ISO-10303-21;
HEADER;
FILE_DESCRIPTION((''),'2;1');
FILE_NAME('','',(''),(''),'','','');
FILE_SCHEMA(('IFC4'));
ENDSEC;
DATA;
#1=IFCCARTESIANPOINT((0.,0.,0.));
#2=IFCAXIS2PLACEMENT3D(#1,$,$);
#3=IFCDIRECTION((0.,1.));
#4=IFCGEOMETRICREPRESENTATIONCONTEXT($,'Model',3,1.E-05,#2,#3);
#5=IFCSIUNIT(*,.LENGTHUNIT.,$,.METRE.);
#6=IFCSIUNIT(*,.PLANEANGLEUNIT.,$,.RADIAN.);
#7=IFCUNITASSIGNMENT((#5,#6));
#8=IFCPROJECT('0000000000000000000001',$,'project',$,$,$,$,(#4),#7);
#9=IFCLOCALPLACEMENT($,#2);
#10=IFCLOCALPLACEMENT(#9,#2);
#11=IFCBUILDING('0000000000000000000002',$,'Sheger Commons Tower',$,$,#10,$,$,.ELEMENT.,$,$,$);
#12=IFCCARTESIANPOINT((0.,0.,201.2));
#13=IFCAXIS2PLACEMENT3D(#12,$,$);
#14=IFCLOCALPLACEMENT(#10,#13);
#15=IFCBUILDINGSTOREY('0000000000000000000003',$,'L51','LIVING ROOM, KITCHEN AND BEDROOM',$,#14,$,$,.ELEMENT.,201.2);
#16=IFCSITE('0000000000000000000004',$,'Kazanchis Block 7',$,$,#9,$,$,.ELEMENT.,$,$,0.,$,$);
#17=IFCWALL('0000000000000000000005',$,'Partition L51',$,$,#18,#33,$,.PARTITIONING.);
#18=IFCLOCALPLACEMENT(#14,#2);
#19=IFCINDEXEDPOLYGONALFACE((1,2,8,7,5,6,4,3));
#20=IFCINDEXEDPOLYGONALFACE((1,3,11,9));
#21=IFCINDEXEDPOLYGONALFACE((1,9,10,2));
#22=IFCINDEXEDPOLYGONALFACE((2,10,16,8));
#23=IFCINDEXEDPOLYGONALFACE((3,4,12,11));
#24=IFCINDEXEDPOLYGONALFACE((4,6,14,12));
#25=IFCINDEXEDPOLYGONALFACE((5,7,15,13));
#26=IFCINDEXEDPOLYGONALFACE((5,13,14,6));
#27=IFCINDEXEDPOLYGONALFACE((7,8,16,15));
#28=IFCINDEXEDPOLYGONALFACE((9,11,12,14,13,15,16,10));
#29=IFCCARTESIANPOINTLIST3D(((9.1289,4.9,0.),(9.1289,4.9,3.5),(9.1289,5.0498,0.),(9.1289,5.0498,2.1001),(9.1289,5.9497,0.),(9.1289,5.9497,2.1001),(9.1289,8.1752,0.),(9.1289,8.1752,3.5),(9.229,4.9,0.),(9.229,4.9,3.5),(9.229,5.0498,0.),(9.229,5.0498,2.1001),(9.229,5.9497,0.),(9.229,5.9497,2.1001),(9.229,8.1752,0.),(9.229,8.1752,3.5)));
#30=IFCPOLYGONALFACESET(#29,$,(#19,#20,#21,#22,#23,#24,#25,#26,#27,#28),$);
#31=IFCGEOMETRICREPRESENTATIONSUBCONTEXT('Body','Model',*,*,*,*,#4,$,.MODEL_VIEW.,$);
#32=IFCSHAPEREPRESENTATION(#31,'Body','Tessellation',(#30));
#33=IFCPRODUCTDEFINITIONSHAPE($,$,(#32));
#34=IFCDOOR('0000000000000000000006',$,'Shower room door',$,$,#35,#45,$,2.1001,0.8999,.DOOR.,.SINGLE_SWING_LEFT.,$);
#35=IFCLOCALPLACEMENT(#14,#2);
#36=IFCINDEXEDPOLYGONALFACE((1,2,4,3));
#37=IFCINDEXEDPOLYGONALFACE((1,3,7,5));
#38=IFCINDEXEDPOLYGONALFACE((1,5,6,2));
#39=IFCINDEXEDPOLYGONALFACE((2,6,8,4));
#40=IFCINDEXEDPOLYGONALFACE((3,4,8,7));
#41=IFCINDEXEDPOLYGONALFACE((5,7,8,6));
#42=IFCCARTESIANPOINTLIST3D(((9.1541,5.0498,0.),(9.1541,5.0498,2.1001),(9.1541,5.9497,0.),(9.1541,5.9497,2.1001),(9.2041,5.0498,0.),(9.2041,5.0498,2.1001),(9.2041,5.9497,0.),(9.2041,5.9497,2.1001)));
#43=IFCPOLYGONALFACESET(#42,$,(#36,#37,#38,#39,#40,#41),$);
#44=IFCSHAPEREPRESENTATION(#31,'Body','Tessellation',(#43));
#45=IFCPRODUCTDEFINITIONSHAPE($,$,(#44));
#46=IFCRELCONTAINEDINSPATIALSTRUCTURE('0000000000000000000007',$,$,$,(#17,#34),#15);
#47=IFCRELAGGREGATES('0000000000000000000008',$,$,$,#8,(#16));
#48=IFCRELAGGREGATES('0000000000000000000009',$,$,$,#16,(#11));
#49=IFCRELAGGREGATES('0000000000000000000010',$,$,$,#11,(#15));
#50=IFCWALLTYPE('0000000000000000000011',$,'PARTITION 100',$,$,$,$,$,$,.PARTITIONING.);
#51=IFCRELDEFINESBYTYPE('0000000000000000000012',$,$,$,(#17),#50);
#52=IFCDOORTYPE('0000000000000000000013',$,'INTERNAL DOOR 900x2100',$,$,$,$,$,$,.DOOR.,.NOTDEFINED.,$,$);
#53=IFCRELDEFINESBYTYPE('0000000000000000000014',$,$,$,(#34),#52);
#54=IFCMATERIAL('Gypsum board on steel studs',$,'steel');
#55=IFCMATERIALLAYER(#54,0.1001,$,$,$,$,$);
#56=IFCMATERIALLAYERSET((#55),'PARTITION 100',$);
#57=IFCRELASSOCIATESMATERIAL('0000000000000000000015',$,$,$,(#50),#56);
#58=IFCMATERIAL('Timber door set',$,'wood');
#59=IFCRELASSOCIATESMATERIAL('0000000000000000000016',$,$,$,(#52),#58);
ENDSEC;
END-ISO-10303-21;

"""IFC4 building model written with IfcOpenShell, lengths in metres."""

from ifc_helpers import new_model, si_unit, direction, frame, frame_2d, origin, place, context, subcontext, project, spatial, rectangle, extrude, material, layer, layer_set, type_object, element, fill, save


model = new_model("IFC4")

# Units and contexts
model_context = context("Model", 3, precision=1e-05, world=origin(), true_north=direction((0.0, 1.0)))
body_context = subcontext(model_context, "Body", "Model", "MODEL_VIEW")
ifc_project = project(units=[si_unit("LENGTHUNIT", "METRE"), si_unit("PLANEANGLEUNIT", "RADIAN")], contexts=[model_context])

# Site, building, storey
site_placement = place(None, origin())
site = spatial("IfcSite", under=ifc_project, at=site_placement, Name="Kazanchis Block 7", CompositionType="ELEMENT", RefElevation=0.0)
building_placement = place(site_placement, origin())
building = spatial("IfcBuilding", under=site, at=building_placement, Name="Sheger Commons Tower", CompositionType="ELEMENT")
storey_placement = place(building_placement, frame((0.0, 0.0, 201.2)))
storey = spatial("IfcBuildingStorey", under=building, at=storey_placement, Name="L51", Description="LIVING ROOM, KITCHEN AND BEDROOM", CompositionType="ELEMENT", Elevation=201.2)

# Shared definitions
ifc_material_1 = material(Name="Gypsum board on steel studs", Category="steel")
ifc_layer_1 = layer(ifc_material_1, 0.1001)
ifc_layer_set_1 = layer_set([ifc_layer_1], Name="PARTITION 100")
wall_type = type_object("IfcWallType", Name="PARTITION 100", PredefinedType="PARTITIONING", material=ifc_layer_set_1)

# Wall, opening, door
wall_1_placement = place(storey_placement, frame((9.179, 4.8999, 0.0), z_axis=(0.0, 0.0, 1.0), x_axis=(0.0, 1.0, 0.0)))
wall_1 = element("IfcWall", 1, at=wall_1_placement, inside=storey, type_object=wall_type, Name="Partition L51", PredefinedType="PARTITIONING", context=body_context, shape_type="SweptSolid", body=[
    extrude(rectangle(XDim=3.2751, YDim=0.1001, at=frame_2d((1.6377, 0.0))), origin(), (0.0, 0.0, 1.0), 3.5),
])
opening_placement = place(wall_1_placement, frame((0.1499, 0.0, 0.0)))
opening = element("IfcOpeningElement", 2, at=opening_placement, cuts=wall_1, PredefinedType="OPENING", context=body_context, shape_type="SweptSolid", body=[
    extrude(rectangle(XDim=0.8999, YDim=2.1001, at=frame_2d((0.45, 1.05))), frame((0.0, 0.0601, 0.0), z_axis=(0.0, -1.0, 0.0), x_axis=(1.0, 0.0, 0.0)), (0.0, 0.0, 1.0), 0.1201),
])
ifc_material_2 = material(Name="Timber door set", Category="wood")
door_type = type_object("IfcDoorType", Name="INTERNAL DOOR 900x2100", OperationType="NOTDEFINED", PredefinedType="DOOR", material=ifc_material_2)
door_placement = place(opening_placement, origin())
door = element("IfcDoor", 3, at=door_placement, inside=storey, type_object=door_type, Name="Shower room door", OperationType="SINGLE_SWING_LEFT", OverallHeight=2.1001, OverallWidth=0.8999, PredefinedType="DOOR", context=body_context, shape_type="SweptSolid", body=[
    extrude(rectangle(XDim=0.8999, YDim=2.1001, at=frame_2d((0.45, 1.05))), frame((0.0, 0.0249, 0.0), z_axis=(0.0, -1.0, 0.0), x_axis=(1.0, 0.0, 0.0)), (0.0, 0.0, 1.0), 0.05),
])
fill(opening, door)

save(model, "model.ifc")
